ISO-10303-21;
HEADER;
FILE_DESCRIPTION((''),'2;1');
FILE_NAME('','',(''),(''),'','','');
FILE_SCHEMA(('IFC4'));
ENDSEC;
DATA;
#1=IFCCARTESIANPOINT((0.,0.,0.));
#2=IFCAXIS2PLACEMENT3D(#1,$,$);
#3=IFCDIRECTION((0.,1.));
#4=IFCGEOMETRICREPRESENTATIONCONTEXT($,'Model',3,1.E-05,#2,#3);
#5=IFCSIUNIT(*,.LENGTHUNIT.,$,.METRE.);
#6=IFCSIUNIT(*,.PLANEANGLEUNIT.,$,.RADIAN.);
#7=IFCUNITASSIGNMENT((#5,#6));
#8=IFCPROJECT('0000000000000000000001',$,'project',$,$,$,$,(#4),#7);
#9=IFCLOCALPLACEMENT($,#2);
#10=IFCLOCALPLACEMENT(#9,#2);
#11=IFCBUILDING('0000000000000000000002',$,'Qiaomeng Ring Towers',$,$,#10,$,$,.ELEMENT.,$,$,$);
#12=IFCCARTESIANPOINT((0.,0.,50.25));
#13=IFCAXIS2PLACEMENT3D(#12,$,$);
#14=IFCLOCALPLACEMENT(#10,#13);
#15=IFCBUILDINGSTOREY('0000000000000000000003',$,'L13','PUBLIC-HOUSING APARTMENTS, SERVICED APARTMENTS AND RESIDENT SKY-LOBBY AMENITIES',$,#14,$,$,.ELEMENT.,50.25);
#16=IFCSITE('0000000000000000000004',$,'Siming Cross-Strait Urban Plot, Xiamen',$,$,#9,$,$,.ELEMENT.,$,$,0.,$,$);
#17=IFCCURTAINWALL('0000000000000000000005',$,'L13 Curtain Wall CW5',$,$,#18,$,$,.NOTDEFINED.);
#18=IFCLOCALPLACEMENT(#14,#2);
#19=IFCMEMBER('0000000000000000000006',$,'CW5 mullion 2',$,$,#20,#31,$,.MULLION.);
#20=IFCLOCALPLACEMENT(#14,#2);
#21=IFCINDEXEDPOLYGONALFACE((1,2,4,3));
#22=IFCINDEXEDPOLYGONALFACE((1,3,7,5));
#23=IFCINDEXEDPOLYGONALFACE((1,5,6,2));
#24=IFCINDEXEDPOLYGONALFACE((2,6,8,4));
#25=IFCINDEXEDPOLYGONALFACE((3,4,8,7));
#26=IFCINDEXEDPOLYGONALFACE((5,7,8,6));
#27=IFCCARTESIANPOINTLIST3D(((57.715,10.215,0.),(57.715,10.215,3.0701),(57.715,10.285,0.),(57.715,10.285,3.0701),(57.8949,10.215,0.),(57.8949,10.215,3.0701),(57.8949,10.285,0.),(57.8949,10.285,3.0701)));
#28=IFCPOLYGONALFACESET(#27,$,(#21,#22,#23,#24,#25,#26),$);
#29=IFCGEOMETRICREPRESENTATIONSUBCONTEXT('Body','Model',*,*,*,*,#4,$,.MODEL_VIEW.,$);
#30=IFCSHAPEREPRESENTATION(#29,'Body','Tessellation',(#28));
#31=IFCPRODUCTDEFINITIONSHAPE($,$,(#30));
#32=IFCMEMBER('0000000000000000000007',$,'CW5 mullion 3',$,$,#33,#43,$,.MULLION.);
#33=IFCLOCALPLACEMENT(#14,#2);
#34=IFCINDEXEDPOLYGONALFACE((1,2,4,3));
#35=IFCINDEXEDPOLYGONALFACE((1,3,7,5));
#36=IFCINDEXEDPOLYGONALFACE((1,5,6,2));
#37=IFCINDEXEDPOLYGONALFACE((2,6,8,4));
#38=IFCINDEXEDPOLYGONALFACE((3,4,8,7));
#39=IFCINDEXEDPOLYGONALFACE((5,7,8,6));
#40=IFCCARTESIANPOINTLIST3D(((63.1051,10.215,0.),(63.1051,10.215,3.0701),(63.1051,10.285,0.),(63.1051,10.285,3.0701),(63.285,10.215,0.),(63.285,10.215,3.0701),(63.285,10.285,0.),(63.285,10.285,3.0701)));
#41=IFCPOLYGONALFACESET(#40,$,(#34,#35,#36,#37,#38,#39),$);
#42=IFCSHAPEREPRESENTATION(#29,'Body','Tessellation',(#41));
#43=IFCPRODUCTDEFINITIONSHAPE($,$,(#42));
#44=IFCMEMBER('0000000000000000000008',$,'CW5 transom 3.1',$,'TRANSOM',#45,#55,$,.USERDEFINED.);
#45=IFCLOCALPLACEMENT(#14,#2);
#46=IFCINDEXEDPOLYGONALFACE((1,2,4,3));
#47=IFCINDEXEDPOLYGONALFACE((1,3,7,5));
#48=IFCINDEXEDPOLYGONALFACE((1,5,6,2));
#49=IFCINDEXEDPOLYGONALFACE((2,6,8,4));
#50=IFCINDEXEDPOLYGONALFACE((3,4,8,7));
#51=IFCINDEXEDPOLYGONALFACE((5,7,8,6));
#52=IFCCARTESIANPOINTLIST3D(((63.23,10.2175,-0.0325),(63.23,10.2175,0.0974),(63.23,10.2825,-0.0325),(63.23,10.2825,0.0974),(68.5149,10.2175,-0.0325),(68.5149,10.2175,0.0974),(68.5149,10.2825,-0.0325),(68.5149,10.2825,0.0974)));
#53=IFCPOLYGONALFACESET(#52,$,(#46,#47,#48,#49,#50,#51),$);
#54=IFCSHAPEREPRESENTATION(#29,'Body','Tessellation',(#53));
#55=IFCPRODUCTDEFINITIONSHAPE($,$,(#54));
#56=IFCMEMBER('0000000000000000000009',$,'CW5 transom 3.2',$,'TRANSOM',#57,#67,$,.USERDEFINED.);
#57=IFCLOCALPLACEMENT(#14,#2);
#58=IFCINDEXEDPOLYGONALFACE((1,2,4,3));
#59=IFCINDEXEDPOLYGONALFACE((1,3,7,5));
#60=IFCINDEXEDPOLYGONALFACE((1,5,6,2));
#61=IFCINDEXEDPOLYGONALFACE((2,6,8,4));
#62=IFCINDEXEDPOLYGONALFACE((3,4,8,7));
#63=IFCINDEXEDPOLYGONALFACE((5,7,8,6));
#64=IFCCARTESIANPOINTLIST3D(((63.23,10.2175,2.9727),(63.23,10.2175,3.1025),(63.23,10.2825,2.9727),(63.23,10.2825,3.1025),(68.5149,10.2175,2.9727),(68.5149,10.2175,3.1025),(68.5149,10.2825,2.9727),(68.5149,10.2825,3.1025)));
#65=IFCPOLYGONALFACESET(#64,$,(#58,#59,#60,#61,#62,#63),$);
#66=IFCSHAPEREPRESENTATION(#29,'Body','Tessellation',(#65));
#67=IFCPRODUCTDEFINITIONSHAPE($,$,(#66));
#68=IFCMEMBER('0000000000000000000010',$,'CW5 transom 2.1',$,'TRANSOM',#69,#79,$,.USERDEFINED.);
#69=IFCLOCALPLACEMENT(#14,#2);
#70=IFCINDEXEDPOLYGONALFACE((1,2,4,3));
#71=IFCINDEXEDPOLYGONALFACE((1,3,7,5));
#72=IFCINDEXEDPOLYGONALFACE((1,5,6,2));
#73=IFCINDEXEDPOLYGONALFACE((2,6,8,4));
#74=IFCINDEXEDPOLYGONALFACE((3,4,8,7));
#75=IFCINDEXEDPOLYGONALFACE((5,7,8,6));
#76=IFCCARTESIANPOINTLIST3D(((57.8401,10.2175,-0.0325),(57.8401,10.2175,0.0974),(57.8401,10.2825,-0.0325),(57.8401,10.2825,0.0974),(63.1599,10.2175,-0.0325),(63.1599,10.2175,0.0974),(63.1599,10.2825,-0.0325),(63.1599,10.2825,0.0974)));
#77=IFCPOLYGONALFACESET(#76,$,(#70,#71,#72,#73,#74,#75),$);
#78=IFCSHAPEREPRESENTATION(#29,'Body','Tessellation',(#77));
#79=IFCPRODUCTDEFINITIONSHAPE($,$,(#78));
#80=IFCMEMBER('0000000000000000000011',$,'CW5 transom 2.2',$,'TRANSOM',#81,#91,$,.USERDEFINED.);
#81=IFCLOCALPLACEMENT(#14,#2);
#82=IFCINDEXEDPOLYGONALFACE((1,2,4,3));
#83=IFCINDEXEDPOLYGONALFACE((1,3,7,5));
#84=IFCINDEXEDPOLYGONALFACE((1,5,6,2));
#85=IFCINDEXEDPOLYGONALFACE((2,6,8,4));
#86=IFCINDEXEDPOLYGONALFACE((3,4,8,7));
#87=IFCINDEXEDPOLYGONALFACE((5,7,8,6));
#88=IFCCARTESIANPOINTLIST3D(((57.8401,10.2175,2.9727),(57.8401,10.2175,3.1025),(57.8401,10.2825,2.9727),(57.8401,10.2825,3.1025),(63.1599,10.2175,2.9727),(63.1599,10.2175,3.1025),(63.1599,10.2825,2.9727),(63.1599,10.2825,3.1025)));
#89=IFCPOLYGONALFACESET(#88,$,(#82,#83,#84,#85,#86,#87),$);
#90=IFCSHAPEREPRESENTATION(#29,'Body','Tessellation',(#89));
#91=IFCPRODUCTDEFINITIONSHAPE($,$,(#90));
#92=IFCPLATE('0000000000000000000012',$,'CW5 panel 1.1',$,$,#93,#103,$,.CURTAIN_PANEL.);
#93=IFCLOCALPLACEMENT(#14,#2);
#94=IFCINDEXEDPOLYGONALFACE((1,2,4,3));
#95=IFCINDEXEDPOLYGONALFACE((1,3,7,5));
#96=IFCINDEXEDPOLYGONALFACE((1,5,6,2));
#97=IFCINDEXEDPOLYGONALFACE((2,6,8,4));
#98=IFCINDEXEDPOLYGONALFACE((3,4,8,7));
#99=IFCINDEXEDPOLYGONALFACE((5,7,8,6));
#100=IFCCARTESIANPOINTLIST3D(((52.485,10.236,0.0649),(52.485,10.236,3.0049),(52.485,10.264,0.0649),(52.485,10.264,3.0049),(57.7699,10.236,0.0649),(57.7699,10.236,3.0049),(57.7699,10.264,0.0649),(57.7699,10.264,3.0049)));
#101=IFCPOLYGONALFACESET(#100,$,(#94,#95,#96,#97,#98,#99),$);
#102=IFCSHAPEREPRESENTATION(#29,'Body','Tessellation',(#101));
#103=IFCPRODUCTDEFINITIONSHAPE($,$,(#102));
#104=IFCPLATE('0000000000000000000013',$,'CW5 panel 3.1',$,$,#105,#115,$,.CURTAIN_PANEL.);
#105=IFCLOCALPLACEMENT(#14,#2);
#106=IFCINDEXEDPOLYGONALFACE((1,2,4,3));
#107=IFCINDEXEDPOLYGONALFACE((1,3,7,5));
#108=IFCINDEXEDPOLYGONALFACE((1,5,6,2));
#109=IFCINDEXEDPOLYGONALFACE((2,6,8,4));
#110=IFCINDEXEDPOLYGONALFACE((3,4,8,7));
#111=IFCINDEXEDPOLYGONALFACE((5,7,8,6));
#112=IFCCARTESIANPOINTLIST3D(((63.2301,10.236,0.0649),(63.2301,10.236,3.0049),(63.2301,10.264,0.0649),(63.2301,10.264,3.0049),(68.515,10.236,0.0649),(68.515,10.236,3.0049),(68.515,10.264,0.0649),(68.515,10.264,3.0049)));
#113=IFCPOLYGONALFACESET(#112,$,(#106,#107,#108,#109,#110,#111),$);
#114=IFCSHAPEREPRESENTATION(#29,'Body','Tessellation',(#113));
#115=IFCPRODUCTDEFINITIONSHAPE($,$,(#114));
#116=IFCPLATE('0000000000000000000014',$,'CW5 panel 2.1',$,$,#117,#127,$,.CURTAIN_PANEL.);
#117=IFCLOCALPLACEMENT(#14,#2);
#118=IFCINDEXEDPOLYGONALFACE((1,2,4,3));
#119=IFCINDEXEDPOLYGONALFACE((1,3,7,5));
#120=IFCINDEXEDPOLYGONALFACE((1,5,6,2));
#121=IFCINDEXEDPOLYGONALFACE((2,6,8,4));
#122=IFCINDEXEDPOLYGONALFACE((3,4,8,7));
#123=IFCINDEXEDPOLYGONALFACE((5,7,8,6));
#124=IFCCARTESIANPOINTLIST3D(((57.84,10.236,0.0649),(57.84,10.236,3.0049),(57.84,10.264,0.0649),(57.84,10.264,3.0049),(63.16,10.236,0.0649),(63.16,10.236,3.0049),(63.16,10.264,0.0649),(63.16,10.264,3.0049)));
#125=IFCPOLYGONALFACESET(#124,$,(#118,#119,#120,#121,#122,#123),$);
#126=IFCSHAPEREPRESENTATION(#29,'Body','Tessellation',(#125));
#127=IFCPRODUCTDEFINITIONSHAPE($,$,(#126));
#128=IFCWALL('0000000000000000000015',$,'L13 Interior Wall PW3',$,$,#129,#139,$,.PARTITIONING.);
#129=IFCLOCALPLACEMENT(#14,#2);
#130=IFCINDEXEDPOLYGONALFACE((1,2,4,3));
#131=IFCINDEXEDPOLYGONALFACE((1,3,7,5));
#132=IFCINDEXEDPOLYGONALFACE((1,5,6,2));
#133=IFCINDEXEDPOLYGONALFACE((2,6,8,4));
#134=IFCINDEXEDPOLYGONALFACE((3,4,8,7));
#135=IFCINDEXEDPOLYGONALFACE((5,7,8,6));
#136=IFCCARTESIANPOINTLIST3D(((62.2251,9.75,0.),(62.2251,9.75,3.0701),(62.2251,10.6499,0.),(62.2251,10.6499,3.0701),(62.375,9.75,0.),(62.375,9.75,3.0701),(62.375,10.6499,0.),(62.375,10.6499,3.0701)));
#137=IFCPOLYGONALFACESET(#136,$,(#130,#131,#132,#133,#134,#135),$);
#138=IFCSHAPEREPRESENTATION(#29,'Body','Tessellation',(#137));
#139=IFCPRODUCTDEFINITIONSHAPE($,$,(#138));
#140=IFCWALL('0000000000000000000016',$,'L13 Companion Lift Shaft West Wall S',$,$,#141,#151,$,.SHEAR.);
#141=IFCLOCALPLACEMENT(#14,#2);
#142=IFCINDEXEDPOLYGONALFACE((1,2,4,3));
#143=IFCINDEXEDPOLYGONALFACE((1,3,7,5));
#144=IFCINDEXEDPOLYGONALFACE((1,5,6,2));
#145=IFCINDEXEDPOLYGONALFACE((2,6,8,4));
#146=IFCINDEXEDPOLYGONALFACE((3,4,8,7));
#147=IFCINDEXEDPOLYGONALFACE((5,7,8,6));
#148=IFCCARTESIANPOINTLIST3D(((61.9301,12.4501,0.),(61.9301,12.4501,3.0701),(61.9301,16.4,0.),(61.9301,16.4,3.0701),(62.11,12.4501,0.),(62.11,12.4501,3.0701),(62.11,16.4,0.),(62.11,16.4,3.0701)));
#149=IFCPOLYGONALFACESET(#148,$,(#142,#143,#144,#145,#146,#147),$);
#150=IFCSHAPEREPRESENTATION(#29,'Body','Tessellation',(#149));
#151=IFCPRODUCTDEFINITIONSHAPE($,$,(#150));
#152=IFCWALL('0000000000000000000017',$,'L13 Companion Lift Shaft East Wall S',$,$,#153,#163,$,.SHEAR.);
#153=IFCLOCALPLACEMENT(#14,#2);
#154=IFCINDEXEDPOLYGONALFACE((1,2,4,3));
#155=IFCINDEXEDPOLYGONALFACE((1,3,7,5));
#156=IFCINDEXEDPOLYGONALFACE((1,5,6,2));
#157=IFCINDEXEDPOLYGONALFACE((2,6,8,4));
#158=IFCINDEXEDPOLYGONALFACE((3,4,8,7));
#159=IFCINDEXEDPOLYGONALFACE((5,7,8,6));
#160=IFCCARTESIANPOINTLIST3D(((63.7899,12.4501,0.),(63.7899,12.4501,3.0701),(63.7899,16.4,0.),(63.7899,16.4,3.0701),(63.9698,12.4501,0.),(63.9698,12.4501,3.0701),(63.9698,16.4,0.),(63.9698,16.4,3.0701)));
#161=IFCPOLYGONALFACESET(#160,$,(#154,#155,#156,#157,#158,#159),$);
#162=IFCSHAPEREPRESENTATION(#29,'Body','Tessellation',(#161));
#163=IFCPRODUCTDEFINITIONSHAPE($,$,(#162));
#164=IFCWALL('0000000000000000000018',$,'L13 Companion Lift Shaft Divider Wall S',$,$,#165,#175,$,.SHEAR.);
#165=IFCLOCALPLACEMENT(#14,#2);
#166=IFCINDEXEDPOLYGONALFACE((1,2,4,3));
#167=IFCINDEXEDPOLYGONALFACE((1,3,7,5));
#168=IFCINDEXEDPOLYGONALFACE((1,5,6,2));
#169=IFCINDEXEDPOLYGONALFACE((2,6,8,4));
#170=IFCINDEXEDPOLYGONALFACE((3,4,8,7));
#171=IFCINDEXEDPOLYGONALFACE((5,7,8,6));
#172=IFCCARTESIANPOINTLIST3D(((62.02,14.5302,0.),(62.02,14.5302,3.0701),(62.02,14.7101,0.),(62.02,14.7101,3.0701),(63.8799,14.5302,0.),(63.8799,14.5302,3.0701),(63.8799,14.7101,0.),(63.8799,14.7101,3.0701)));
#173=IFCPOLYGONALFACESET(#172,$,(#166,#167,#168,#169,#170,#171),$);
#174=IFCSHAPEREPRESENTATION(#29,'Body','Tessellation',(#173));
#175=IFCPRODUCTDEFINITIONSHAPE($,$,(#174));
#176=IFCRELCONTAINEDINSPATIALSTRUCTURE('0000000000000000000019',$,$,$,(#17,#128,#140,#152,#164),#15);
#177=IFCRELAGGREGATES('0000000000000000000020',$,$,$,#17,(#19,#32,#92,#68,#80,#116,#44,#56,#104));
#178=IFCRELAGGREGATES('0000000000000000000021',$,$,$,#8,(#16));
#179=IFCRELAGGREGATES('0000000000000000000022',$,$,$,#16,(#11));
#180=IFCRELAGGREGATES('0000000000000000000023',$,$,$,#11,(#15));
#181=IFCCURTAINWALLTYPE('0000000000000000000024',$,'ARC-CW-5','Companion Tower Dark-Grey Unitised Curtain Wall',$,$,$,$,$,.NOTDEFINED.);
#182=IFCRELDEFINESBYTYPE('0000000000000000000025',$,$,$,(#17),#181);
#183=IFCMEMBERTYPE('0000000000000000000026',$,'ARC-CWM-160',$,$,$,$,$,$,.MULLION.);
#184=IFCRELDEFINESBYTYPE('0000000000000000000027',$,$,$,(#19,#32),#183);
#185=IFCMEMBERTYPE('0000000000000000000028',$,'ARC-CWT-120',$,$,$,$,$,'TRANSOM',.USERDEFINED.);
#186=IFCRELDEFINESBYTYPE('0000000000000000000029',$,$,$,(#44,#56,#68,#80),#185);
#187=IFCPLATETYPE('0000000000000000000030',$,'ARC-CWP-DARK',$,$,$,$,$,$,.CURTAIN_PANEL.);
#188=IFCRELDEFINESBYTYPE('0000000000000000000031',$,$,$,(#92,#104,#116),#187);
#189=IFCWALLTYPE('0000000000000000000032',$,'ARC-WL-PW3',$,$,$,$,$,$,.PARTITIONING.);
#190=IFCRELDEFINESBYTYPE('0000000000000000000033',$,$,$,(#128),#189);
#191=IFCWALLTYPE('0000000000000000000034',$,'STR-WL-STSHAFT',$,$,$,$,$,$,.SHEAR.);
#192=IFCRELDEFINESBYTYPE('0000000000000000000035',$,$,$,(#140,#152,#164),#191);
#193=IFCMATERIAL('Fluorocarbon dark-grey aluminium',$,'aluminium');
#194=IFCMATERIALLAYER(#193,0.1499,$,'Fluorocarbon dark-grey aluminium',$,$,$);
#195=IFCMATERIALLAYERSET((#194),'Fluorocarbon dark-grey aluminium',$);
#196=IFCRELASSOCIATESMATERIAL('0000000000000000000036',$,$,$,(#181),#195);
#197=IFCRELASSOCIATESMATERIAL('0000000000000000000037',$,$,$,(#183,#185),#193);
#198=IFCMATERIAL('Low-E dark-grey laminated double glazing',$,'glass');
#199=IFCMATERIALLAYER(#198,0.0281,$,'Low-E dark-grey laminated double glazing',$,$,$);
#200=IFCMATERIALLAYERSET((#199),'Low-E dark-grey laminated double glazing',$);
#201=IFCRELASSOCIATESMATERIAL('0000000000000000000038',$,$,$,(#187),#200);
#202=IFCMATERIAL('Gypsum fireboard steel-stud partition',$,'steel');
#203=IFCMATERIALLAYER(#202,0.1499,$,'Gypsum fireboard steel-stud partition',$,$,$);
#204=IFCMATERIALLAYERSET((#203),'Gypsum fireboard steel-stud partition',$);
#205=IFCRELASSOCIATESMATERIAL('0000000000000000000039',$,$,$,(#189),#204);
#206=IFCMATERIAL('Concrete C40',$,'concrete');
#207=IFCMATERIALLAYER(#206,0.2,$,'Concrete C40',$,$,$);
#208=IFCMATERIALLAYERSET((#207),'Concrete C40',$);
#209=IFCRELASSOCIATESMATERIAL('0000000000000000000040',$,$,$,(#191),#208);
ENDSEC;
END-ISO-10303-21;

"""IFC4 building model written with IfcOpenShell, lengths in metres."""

from ifc_helpers import new_model, si_unit, direction, frame, frame_2d, origin, origin_2d, place, context, subcontext, project, spatial, rectangle, extrude, source, transform, mapped, material, layer, layer_set, material_profile, profile_set, type_object, element, aggregate, save


model = new_model("IFC4")

# Units and contexts
model_context = context("Model", 3, precision=1e-05, world=origin(), true_north=direction((0.0, 1.0)))
body_context = subcontext(model_context, "Body", "Model", "MODEL_VIEW")
ifc_project = project(units=[si_unit("LENGTHUNIT", "METRE"), si_unit("PLANEANGLEUNIT", "RADIAN")], contexts=[model_context])

# Site, building, storey
site_placement = place(None, origin())
site = spatial("IfcSite", under=ifc_project, at=site_placement, Name="Siming Cross-Strait Urban Plot, Xiamen", CompositionType="ELEMENT", RefElevation=0.0)
building_placement = place(site_placement, origin())
building = spatial("IfcBuilding", under=site, at=building_placement, Name="Qiaomeng Ring Towers", CompositionType="ELEMENT")
storey_placement = place(building_placement, frame((0.0, 0.0, 50.25)))
storey = spatial("IfcBuildingStorey", under=building, at=storey_placement, Name="L13", Description="PUBLIC-HOUSING APARTMENTS, SERVICED APARTMENTS AND RESIDENT SKY-LOBBY AMENITIES", CompositionType="ELEMENT", Elevation=50.25)

# Curtain wall, members, plates
ifc_material_1 = material(Name="Fluorocarbon dark-grey aluminium", Category="aluminium")
ifc_layer_1 = layer(ifc_material_1, 0.1499, Name="Fluorocarbon dark-grey aluminium")
ifc_layer_set_1 = layer_set([ifc_layer_1], Name="Fluorocarbon dark-grey aluminium")
curtain_wall_type = type_object("IfcCurtainWallType", Name="ARC-CW-5", Description="Companion Tower Dark-Grey Unitised Curtain Wall", PredefinedType="NOTDEFINED", material=ifc_layer_set_1)
curtain_wall_placement = place(storey_placement, origin())
curtain_wall = element("IfcCurtainWall", 1, at=curtain_wall_placement, inside=storey, type_object=curtain_wall_type, Name="L13 Curtain Wall CW5", PredefinedType="NOTDEFINED")
ifc_material_profile_1 = material_profile(ifc_material_1, rectangle(XDim=0.0701, YDim=0.1799, at=origin_2d()), Name="ALU MULL 70x180")
ifc_profile_set_1 = profile_set([ifc_material_profile_1], Name="Fluorocarbon dark-grey aluminium")
member_type_1 = type_object("IfcMemberType", Name="ARC-CWM-160", PredefinedType="MULLION", material=ifc_profile_set_1)
shared_shape_1 = source(origin(), body_context, "Body", "SweptSolid", [
    extrude(rectangle(XDim=0.0701, YDim=0.1799, at=origin_2d()), origin(), (0.0, 0.0, 1.0), 3.0701),
])
member_1_placement = place(storey_placement, frame((57.8049, 10.25, 0.0), z_axis=(0.0, 0.0, 1.0), x_axis=(0.0, 1.0, 0.0)))
member_1 = element("IfcMember", 2, at=member_1_placement, type_object=member_type_1, Name="CW5 mullion 2", PredefinedType="MULLION", context=body_context, shape_type="MappedRepresentation", body=[
    mapped(shared_shape_1, transform((0.0, 0.0, 0.0), x_axis=(1.0, 0.0, 0.0), y_axis=(0.0, 1.0, 0.0), z_axis=(0.0, 0.0, 1.0), scale=1.0)),
])
member_2_placement = place(storey_placement, frame((63.1951, 10.25, 0.0), z_axis=(0.0, 0.0, 1.0), x_axis=(0.0, 1.0, 0.0)))
member_2 = element("IfcMember", 3, at=member_2_placement, type_object=member_type_1, Name="CW5 mullion 3", PredefinedType="MULLION", context=body_context, shape_type="MappedRepresentation", body=[
    mapped(shared_shape_1, transform((0.0, 0.0, 0.0), x_axis=(1.0, 0.0, 0.0), y_axis=(0.0, 1.0, 0.0), z_axis=(0.0, 0.0, 1.0), scale=1.0)),
])
ifc_material_profile_2 = material_profile(ifc_material_1, rectangle(XDim=0.0649, YDim=0.1299, at=origin_2d()), Name="ALU TRAN 65x130")
ifc_profile_set_2 = profile_set([ifc_material_profile_2], Name="Fluorocarbon dark-grey aluminium")
member_type_2 = type_object("IfcMemberType", Name="ARC-CWT-120", ElementType="TRANSOM", PredefinedType="USERDEFINED", material=ifc_profile_set_2)
shared_shape_2 = source(origin(), body_context, "Body", "SweptSolid", [
    extrude(rectangle(XDim=0.0649, YDim=0.1299, at=origin_2d()), origin(), (0.0, 0.0, 1.0), 5.2849),
])
member_3_placement = place(storey_placement, frame((63.23, 10.25, 0.0325), z_axis=(1.0, 0.0, 0.0), x_axis=(0.0, 1.0, 0.0)))
member_3 = element("IfcMember", 4, at=member_3_placement, type_object=member_type_2, Name="CW5 transom 3.1", ObjectType="TRANSOM", PredefinedType="USERDEFINED", context=body_context, shape_type="MappedRepresentation", body=[
    mapped(shared_shape_2, transform((0.0, 0.0, 0.0), x_axis=(1.0, 0.0, 0.0), y_axis=(0.0, 1.0, 0.0), z_axis=(0.0, 0.0, 1.0), scale=1.0)),
])
member_4_placement = place(storey_placement, frame((63.23, 10.25, 3.0376), z_axis=(1.0, 0.0, 0.0), x_axis=(0.0, 1.0, 0.0)))
member_4 = element("IfcMember", 5, at=member_4_placement, type_object=member_type_2, Name="CW5 transom 3.2", ObjectType="TRANSOM", PredefinedType="USERDEFINED", context=body_context, shape_type="MappedRepresentation", body=[
    mapped(shared_shape_2, transform((0.0, 0.0, 0.0), x_axis=(1.0, 0.0, 0.0), y_axis=(0.0, 1.0, 0.0), z_axis=(0.0, 0.0, 1.0), scale=1.0)),
])
shared_shape_3 = source(origin(), body_context, "Body", "SweptSolid", [
    extrude(rectangle(XDim=0.0649, YDim=0.1299, at=origin_2d()), origin(), (0.0, 0.0, 1.0), 5.3198),
])
member_5_placement = place(storey_placement, frame((57.8401, 10.25, 0.0325), z_axis=(1.0, 0.0, 0.0), x_axis=(0.0, 1.0, 0.0)))
member_5 = element("IfcMember", 6, at=member_5_placement, type_object=member_type_2, Name="CW5 transom 2.1", ObjectType="TRANSOM", PredefinedType="USERDEFINED", context=body_context, shape_type="MappedRepresentation", body=[
    mapped(shared_shape_3, transform((0.0, 0.0, 0.0), x_axis=(1.0, 0.0, 0.0), y_axis=(0.0, 1.0, 0.0), z_axis=(0.0, 0.0, 1.0), scale=1.0)),
])
member_6_placement = place(storey_placement, frame((57.8401, 10.25, 3.0376), z_axis=(1.0, 0.0, 0.0), x_axis=(0.0, 1.0, 0.0)))
member_6 = element("IfcMember", 7, at=member_6_placement, type_object=member_type_2, Name="CW5 transom 2.2", ObjectType="TRANSOM", PredefinedType="USERDEFINED", context=body_context, shape_type="MappedRepresentation", body=[
    mapped(shared_shape_3, transform((0.0, 0.0, 0.0), x_axis=(1.0, 0.0, 0.0), y_axis=(0.0, 1.0, 0.0), z_axis=(0.0, 0.0, 1.0), scale=1.0)),
])
ifc_material_2 = material(Name="Low-E dark-grey laminated double glazing", Category="glass")
ifc_layer_2 = layer(ifc_material_2, 0.0281, Name="Low-E dark-grey laminated double glazing")
ifc_layer_set_2 = layer_set([ifc_layer_2], Name="Low-E dark-grey laminated double glazing")
plate_type = type_object("IfcPlateType", Name="ARC-CWP-DARK", PredefinedType="CURTAIN_PANEL", material=ifc_layer_set_2)
shared_shape_4 = source(origin(), body_context, "Body", "SweptSolid", [
    extrude(rectangle(XDim=5.2849, YDim=0.0281, at=origin_2d()), origin(), (0.0, 0.0, 1.0), 2.9399),
])
plate_1_placement = place(storey_placement, frame((55.1274, 10.25, 0.0649), z_axis=(0.0, 0.0, 1.0), x_axis=(1.0, 0.0, 0.0)))
plate_1 = element("IfcPlate", 8, at=plate_1_placement, type_object=plate_type, Name="CW5 panel 1.1", PredefinedType="CURTAIN_PANEL", context=body_context, shape_type="MappedRepresentation", body=[
    mapped(shared_shape_4, transform((0.0, 0.0, 0.0), x_axis=(1.0, 0.0, 0.0), y_axis=(0.0, 1.0, 0.0), z_axis=(0.0, 0.0, 1.0), scale=1.0)),
])
plate_2_placement = place(storey_placement, frame((65.8726, 10.25, 0.0649), z_axis=(0.0, 0.0, 1.0), x_axis=(1.0, 0.0, 0.0)))
plate_2 = element("IfcPlate", 9, at=plate_2_placement, type_object=plate_type, Name="CW5 panel 3.1", PredefinedType="CURTAIN_PANEL", context=body_context, shape_type="MappedRepresentation", body=[
    mapped(shared_shape_4, transform((0.0, 0.0, 0.0), x_axis=(1.0, 0.0, 0.0), y_axis=(0.0, 1.0, 0.0), z_axis=(0.0, 0.0, 1.0), scale=1.0)),
])
shared_shape_5 = source(origin(), body_context, "Body", "SweptSolid", [
    extrude(rectangle(XDim=5.3201, YDim=0.0281, at=origin_2d()), origin(), (0.0, 0.0, 1.0), 2.9399),
])
plate_3_placement = place(storey_placement, frame((60.5, 10.25, 0.0649), z_axis=(0.0, 0.0, 1.0), x_axis=(1.0, 0.0, 0.0)))
plate_3 = element("IfcPlate", 10, at=plate_3_placement, type_object=plate_type, Name="CW5 panel 2.1", PredefinedType="CURTAIN_PANEL", context=body_context, shape_type="MappedRepresentation", body=[
    mapped(shared_shape_5, transform((0.0, 0.0, 0.0), x_axis=(1.0, 0.0, 0.0), y_axis=(0.0, 1.0, 0.0), z_axis=(0.0, 0.0, 1.0), scale=1.0)),
])
aggregate(curtain_wall, [member_1, member_2, plate_1, member_5, member_6, plate_3, member_3, member_4, plate_2])

# Walls
ifc_material_3 = material(Name="Gypsum fireboard steel-stud partition", Category="steel")
ifc_layer_3 = layer(ifc_material_3, 0.1499, Name="Gypsum fireboard steel-stud partition")
ifc_layer_set_3 = layer_set([ifc_layer_3], Name="Gypsum fireboard steel-stud partition")
wall_type_1 = type_object("IfcWallType", Name="ARC-WL-PW3", PredefinedType="PARTITIONING", material=ifc_layer_set_3)
wall_1_placement = place(storey_placement, frame((62.3, 9.75, 0.0), z_axis=(0.0, 0.0, 1.0), x_axis=(0.0, 1.0, 0.0)))
element("IfcWall", 11, at=wall_1_placement, inside=storey, type_object=wall_type_1, Name="L13 Interior Wall PW3", PredefinedType="PARTITIONING", context=body_context, shape_type="SweptSolid", body=[
    extrude(rectangle(XDim=0.8999, YDim=0.1499, at=frame_2d((0.45, 0.0))), origin(), (0.0, 0.0, 1.0), 3.0701),
])
ifc_material_4 = material(Name="Concrete C40", Category="concrete")
ifc_layer_4 = layer(ifc_material_4, 0.2, Name="Concrete C40")
ifc_layer_set_4 = layer_set([ifc_layer_4], Name="Concrete C40")
wall_type_2 = type_object("IfcWallType", Name="STR-WL-STSHAFT", PredefinedType="SHEAR", material=ifc_layer_set_4)
for number, where, z_axis, x_axis, name in (
    (12, (62.02, 12.45, 0.0), (0.0, 0.0, 1.0), (0.0, 1.0, 0.0), "L13 Companion Lift Shaft West Wall S"),
    (13, (63.8799, 12.45, 0.0), (0.0, 0.0, 1.0), (0.0, 1.0, 0.0), "L13 Companion Lift Shaft East Wall S"),
):
    element("IfcWall", number, at=place(storey_placement, frame(where, z_axis=z_axis, x_axis=x_axis)), inside=storey, type_object=wall_type_2, Name=name, PredefinedType="SHEAR", context=body_context, shape_type="SweptSolid", body=[
        extrude(rectangle(XDim=3.95, YDim=0.1799, at=frame_2d((1.9751, 0.0))), origin(), (0.0, 0.0, 1.0), 3.0701),
    ])
for number, where, z_axis, x_axis, name in (
    (14, (62.02, 14.6201, 0.0), (0.0, 0.0, 1.0), (1.0, 0.0, 0.0), "L13 Companion Lift Shaft Divider Wall S"),
):
    element("IfcWall", number, at=place(storey_placement, frame(where, z_axis=z_axis, x_axis=x_axis)), inside=storey, type_object=wall_type_2, Name=name, PredefinedType="SHEAR", context=body_context, shape_type="SweptSolid", body=[
        extrude(rectangle(XDim=1.8599, YDim=0.1799, at=frame_2d((0.9299, 0.0))), origin(), (0.0, 0.0, 1.0), 3.0701),
    ])

save(model, "model.ifc")
